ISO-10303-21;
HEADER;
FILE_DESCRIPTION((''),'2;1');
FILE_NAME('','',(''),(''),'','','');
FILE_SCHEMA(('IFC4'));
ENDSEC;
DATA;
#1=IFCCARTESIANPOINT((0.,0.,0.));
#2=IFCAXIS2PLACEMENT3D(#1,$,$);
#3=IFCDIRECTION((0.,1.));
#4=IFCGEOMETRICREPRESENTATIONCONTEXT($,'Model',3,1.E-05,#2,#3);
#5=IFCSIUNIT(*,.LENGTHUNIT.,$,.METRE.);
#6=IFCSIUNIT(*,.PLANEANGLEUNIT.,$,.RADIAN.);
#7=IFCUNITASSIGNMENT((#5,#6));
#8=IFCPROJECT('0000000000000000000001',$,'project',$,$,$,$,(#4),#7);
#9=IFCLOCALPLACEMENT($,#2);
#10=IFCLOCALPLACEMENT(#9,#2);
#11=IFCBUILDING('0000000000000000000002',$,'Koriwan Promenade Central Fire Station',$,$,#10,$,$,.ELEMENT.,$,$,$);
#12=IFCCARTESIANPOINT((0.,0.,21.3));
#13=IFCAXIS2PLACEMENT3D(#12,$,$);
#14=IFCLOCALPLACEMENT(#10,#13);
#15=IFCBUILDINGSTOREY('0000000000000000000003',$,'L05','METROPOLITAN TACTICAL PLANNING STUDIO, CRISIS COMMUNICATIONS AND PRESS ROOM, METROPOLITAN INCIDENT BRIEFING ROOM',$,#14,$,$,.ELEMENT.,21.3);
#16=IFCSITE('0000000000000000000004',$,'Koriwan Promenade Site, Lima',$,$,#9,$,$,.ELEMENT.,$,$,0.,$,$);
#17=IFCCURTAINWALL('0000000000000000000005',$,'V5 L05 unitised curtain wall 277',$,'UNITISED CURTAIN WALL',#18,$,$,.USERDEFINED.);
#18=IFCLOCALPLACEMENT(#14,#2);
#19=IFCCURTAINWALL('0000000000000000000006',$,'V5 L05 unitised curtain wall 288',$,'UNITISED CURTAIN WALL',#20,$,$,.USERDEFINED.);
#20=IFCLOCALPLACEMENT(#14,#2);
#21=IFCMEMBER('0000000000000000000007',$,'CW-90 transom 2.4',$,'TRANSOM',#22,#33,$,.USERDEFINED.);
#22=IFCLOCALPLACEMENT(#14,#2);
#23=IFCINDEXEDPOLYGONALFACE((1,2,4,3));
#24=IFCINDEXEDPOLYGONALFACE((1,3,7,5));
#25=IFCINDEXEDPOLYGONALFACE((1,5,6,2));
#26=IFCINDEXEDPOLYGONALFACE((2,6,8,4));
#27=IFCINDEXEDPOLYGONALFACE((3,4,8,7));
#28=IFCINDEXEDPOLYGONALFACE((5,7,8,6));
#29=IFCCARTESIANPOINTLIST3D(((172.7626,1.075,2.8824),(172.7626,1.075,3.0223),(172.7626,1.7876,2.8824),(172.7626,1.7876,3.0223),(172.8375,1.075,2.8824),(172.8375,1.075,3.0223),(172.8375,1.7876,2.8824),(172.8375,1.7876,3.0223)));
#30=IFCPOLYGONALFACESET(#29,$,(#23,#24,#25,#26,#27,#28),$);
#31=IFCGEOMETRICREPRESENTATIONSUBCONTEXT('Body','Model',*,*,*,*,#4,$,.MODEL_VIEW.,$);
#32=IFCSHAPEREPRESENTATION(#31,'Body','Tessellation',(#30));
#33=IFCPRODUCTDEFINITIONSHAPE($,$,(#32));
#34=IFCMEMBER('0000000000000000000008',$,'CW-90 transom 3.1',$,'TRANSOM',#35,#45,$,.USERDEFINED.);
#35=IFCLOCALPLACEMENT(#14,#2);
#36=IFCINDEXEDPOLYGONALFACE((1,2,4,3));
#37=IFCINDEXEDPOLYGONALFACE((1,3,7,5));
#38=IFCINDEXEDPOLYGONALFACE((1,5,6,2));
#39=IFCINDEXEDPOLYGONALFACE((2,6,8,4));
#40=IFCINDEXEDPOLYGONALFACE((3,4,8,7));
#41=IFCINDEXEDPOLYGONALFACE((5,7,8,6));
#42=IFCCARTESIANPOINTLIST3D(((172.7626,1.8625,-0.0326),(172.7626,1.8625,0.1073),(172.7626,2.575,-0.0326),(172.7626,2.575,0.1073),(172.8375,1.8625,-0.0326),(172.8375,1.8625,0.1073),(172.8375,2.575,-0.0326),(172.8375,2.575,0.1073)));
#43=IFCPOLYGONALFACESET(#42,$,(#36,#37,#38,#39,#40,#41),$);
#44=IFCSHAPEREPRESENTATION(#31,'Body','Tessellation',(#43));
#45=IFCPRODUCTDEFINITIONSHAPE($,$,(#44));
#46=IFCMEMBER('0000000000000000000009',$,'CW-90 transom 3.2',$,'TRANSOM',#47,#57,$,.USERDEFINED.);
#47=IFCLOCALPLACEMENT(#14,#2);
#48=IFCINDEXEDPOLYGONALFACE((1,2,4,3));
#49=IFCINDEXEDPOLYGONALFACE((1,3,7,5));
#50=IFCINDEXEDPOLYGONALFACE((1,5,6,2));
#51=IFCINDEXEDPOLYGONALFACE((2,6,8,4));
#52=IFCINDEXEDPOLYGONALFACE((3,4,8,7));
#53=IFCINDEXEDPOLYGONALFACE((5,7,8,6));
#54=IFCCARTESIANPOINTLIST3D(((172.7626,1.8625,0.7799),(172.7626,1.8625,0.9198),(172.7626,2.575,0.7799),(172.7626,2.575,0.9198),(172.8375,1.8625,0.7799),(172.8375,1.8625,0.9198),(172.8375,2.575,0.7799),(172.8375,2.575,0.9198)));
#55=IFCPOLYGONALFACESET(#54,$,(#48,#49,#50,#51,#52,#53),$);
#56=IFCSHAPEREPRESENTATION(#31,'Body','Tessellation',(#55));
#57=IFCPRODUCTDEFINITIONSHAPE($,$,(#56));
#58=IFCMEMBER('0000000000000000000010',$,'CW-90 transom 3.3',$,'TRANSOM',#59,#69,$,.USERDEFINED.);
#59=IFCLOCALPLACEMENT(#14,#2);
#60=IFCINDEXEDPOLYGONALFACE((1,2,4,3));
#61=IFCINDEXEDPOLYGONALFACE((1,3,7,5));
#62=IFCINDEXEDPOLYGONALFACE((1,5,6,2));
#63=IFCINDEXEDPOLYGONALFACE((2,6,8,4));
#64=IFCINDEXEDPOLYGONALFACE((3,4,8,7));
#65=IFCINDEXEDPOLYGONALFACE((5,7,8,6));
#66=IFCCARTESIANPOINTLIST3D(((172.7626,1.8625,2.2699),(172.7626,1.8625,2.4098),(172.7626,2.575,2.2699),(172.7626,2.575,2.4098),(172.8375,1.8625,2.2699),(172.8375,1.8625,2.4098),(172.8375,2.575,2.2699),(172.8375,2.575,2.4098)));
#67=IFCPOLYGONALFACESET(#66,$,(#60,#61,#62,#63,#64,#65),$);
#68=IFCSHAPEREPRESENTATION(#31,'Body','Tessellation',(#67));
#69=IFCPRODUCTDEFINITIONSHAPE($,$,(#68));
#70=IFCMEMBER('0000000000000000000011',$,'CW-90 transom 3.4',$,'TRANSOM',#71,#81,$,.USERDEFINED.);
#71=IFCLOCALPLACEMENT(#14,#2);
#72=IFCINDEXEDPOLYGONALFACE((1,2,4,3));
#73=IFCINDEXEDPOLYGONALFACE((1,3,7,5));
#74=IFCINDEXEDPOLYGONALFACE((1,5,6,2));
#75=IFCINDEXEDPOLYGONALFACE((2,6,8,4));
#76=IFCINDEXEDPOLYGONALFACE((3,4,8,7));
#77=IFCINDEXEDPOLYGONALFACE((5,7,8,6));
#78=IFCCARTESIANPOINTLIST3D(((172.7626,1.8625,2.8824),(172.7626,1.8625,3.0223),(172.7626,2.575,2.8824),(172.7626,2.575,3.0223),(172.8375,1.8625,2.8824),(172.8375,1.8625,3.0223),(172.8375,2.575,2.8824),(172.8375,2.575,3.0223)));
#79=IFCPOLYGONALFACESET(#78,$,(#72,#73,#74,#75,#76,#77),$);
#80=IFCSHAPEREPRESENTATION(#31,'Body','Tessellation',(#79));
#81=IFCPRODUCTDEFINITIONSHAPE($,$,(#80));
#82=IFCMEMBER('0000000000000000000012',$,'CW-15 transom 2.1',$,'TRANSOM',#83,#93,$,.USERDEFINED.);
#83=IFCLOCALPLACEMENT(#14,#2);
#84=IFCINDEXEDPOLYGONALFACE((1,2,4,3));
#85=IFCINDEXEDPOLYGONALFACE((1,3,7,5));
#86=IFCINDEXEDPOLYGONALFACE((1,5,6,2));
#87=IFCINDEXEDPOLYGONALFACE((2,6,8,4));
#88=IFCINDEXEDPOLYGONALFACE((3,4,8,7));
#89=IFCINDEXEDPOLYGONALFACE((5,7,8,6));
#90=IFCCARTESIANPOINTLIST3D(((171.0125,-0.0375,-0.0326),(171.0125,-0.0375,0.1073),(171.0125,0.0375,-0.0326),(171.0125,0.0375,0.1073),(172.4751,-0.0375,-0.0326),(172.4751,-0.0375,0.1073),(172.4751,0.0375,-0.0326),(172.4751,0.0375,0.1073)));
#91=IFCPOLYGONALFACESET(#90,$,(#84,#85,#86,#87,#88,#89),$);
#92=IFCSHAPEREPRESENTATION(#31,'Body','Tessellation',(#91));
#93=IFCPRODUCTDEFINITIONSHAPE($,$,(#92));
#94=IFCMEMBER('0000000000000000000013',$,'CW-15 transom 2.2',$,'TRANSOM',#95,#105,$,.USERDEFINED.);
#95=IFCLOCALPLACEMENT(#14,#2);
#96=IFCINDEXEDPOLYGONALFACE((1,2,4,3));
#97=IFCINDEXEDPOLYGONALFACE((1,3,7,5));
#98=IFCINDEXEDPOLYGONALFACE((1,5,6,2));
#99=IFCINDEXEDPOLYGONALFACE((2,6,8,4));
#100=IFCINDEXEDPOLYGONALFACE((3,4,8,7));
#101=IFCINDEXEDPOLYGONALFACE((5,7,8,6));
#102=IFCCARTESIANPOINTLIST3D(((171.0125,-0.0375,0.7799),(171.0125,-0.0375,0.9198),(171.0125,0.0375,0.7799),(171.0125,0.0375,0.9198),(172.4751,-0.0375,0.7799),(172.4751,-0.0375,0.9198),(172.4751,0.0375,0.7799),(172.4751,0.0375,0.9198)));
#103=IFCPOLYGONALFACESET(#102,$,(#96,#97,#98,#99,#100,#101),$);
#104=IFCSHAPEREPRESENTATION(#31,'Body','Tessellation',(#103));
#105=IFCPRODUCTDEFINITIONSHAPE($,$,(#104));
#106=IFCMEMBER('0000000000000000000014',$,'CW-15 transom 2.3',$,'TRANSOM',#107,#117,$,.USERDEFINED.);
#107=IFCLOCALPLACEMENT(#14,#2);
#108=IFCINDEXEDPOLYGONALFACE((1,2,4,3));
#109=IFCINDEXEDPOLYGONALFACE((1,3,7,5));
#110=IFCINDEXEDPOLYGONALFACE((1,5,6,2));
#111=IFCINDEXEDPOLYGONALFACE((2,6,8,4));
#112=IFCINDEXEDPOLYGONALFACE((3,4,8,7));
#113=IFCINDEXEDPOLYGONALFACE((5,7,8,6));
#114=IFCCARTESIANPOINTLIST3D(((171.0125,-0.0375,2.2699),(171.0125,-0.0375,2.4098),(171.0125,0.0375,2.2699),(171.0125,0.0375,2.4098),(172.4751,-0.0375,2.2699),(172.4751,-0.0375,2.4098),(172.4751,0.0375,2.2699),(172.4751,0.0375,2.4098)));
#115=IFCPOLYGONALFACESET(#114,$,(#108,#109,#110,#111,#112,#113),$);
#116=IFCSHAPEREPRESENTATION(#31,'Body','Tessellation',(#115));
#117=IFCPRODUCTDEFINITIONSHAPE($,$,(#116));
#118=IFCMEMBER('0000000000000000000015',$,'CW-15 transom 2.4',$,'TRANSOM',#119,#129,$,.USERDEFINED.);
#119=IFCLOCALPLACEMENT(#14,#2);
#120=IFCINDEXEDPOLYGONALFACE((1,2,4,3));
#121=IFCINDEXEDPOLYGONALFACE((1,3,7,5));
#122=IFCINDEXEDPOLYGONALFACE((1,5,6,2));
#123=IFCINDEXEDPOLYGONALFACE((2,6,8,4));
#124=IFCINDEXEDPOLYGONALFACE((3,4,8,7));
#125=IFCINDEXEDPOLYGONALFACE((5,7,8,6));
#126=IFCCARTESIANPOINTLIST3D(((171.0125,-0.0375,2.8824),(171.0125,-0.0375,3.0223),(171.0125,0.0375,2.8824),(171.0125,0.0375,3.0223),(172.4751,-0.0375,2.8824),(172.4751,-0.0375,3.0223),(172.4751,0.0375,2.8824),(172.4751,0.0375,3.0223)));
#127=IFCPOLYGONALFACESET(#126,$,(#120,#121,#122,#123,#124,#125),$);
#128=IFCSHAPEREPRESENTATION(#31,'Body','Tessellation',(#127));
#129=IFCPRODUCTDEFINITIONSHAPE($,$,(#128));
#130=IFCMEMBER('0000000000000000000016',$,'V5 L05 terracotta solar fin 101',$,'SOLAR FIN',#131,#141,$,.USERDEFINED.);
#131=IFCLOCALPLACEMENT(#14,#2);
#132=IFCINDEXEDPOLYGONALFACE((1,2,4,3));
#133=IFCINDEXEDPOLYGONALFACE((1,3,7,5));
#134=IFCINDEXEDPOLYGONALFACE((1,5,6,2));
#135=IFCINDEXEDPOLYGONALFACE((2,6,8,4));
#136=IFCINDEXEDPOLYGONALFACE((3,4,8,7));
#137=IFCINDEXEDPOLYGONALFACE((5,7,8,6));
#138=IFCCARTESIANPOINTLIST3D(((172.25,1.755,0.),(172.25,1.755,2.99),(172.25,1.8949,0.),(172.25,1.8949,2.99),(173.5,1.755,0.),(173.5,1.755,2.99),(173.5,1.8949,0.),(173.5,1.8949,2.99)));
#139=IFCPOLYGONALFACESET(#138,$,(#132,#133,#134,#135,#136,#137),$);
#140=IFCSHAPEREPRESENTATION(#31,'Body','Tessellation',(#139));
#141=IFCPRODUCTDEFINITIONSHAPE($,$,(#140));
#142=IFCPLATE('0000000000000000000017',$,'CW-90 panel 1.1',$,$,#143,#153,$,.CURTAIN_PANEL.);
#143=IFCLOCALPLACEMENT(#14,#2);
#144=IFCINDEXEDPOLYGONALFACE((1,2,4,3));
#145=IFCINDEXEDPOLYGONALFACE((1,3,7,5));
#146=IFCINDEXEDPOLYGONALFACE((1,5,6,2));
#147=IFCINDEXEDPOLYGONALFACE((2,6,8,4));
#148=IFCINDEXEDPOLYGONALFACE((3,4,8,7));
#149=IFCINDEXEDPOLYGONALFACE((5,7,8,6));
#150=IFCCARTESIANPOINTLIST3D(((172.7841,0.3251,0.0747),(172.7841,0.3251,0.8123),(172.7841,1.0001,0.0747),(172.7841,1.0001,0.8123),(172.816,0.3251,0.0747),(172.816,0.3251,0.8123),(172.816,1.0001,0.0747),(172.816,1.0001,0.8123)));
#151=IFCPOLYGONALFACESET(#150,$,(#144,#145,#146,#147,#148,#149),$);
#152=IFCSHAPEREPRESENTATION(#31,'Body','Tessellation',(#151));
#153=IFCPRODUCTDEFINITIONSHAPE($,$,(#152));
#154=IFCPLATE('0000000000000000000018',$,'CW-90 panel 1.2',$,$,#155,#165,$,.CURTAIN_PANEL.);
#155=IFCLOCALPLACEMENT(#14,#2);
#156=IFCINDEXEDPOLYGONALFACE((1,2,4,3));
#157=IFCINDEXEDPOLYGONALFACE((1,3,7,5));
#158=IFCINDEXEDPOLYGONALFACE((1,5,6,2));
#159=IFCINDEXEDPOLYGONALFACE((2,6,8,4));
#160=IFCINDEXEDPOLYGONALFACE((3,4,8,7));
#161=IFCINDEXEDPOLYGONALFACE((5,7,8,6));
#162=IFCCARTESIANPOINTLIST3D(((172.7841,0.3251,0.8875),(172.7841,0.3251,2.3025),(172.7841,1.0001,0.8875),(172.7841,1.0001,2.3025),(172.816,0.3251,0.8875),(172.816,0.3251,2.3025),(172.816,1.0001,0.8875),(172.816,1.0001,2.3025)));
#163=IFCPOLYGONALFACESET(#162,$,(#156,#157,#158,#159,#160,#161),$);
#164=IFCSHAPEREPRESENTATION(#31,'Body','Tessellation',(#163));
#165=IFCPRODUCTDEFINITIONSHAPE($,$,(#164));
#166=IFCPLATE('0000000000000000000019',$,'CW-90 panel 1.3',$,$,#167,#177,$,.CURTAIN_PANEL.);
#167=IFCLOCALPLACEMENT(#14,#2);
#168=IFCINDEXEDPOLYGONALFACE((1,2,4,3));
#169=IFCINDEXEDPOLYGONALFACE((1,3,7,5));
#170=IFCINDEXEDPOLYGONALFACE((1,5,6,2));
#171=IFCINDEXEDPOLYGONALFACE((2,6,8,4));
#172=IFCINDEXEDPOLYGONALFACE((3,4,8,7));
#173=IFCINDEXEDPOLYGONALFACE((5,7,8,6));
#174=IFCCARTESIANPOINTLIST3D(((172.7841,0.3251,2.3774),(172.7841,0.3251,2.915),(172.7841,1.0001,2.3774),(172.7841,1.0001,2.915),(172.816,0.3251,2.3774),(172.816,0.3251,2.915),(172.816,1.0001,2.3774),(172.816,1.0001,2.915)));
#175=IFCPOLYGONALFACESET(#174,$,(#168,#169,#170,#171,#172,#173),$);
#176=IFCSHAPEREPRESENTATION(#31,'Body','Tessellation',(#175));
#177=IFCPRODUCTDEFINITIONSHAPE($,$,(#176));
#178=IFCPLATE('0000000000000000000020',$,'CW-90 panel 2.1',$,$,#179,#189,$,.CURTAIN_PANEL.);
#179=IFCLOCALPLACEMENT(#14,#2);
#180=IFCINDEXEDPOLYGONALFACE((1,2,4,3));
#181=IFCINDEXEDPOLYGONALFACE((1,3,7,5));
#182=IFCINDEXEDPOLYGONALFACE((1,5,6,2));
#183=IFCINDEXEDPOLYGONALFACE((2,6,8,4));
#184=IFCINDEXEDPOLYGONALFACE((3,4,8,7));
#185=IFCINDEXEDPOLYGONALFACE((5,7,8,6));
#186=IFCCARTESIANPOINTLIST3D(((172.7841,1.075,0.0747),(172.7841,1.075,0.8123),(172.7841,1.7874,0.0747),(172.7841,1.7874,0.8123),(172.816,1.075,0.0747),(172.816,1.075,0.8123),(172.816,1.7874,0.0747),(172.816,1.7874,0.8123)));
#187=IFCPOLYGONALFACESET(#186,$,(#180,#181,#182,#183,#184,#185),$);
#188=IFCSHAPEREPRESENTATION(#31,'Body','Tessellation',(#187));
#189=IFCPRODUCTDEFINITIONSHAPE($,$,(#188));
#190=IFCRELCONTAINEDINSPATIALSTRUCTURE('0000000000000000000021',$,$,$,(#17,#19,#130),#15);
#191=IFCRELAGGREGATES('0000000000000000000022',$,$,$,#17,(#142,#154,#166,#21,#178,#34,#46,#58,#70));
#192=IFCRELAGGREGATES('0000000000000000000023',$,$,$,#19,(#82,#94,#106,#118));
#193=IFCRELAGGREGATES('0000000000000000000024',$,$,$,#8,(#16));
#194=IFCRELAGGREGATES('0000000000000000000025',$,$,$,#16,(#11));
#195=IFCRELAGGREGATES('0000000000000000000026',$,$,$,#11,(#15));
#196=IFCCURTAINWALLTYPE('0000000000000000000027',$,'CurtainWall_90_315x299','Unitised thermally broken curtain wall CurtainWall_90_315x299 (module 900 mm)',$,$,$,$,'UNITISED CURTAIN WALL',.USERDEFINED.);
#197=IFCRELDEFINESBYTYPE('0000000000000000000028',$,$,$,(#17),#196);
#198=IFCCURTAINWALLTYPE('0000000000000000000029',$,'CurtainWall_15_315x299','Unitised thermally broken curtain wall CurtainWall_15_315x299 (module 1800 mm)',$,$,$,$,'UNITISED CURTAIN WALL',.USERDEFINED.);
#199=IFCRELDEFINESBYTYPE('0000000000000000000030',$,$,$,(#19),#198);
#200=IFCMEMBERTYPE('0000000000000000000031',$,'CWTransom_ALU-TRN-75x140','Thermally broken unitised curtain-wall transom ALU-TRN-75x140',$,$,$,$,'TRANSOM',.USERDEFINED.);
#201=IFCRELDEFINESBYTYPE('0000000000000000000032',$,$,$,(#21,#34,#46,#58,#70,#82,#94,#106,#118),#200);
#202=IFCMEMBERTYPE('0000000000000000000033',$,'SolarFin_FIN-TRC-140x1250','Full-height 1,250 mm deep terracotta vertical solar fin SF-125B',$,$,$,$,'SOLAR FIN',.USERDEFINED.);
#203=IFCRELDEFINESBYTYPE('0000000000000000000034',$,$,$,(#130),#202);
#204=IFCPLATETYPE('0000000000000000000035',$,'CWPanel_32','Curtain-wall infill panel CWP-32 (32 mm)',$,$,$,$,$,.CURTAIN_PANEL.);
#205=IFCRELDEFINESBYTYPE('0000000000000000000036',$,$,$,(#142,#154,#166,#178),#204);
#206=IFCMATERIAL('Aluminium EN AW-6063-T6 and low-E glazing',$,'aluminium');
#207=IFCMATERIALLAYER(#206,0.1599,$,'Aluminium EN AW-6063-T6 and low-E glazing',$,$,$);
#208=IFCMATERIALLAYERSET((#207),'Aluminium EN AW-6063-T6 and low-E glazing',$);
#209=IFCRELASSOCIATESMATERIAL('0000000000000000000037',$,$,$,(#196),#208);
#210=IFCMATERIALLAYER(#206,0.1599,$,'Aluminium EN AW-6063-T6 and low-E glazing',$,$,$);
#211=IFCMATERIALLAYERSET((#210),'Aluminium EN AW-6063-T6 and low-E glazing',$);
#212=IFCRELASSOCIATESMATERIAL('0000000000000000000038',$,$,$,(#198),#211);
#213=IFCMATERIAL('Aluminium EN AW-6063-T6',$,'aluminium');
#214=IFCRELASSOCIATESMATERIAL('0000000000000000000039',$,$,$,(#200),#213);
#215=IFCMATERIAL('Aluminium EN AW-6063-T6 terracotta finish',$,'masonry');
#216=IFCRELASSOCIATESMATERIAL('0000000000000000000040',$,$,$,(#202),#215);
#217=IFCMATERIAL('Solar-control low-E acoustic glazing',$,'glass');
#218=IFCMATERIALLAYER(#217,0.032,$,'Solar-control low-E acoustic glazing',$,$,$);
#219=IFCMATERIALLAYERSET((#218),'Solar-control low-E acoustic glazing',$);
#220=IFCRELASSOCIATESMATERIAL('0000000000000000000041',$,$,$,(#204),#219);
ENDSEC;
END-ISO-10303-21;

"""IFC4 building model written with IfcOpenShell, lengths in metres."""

from ifc_helpers import new_model, si_unit, direction, frame, origin, origin_2d, place, context, subcontext, project, spatial, rectangle, extrude, material, layer, layer_set, material_profile, profile_set, type_object, element, aggregate, save


model = new_model("IFC4")

# Units and contexts
model_context = context("Model", 3, precision=1e-05, world=origin(), true_north=direction((0.0, 1.0)))
body_context = subcontext(model_context, "Body", "Model", "MODEL_VIEW")
ifc_project = project(units=[si_unit("LENGTHUNIT", "METRE"), si_unit("PLANEANGLEUNIT", "RADIAN")], contexts=[model_context])

# Site, building, storey
site_placement = place(None, origin())
site = spatial("IfcSite", under=ifc_project, at=site_placement, Name="Koriwan Promenade Site, Lima", CompositionType="ELEMENT", RefElevation=0.0)
building_placement = place(site_placement, origin())
building = spatial("IfcBuilding", under=site, at=building_placement, Name="Koriwan Promenade Central Fire Station", CompositionType="ELEMENT")
storey_placement = place(building_placement, frame((0.0, 0.0, 21.3)))
storey = spatial("IfcBuildingStorey", under=building, at=storey_placement, Name="L05", Description="METROPOLITAN TACTICAL PLANNING STUDIO, CRISIS COMMUNICATIONS AND PRESS ROOM, METROPOLITAN INCIDENT BRIEFING ROOM", CompositionType="ELEMENT", Elevation=21.3)

# Curtain walls
ifc_material_1 = material(Name="Aluminium EN AW-6063-T6 and low-E glazing", Category="aluminium")
ifc_layer_1 = layer(ifc_material_1, 0.1599, Name="Aluminium EN AW-6063-T6 and low-E glazing")
ifc_layer_set_1 = layer_set([ifc_layer_1], Name="Aluminium EN AW-6063-T6 and low-E glazing")
curtain_wall_type_1 = type_object("IfcCurtainWallType", Name="CurtainWall_90_315x299", Description="Unitised thermally broken curtain wall CurtainWall_90_315x299 (module 900 mm)", ElementType="UNITISED CURTAIN WALL", PredefinedType="USERDEFINED", material=ifc_layer_set_1)
curtain_wall_1_placement = place(storey_placement, origin())
curtain_wall_1 = element("IfcCurtainWall", 1, at=curtain_wall_1_placement, inside=storey, type_object=curtain_wall_type_1, Name="V5 L05 unitised curtain wall 277", ObjectType="UNITISED CURTAIN WALL", PredefinedType="USERDEFINED")
ifc_material_2 = material(Name="Aluminium EN AW-6063-T6", Category="aluminium")
ifc_layer_2 = layer(ifc_material_1, 0.1599, Name="Aluminium EN AW-6063-T6 and low-E glazing")
ifc_layer_set_2 = layer_set([ifc_layer_2], Name="Aluminium EN AW-6063-T6 and low-E glazing")
curtain_wall_type_2 = type_object("IfcCurtainWallType", Name="CurtainWall_15_315x299", Description="Unitised thermally broken curtain wall CurtainWall_15_315x299 (module 1800 mm)", ElementType="UNITISED CURTAIN WALL", PredefinedType="USERDEFINED", material=ifc_layer_set_2)
curtain_wall_2_placement = place(storey_placement, origin())
curtain_wall_2 = element("IfcCurtainWall", 2, at=curtain_wall_2_placement, inside=storey, type_object=curtain_wall_type_2, Name="V5 L05 unitised curtain wall 288", ObjectType="UNITISED CURTAIN WALL", PredefinedType="USERDEFINED")

# Members
ifc_material_profile_1 = material_profile(ifc_material_2, rectangle(XDim=0.075, YDim=0.1399, at=origin_2d()), Name="ALU-TRN-75x140")
ifc_profile_set_1 = profile_set([ifc_material_profile_1], Name="Aluminium EN AW-6063-T6")
member_type_1 = type_object("IfcMemberType", Name="CWTransom_ALU-TRN-75x140", Description="Thermally broken unitised curtain-wall transom ALU-TRN-75x140", ElementType="TRANSOM", PredefinedType="USERDEFINED", material=ifc_profile_set_1)
member_1_placement = place(storey_placement, frame((172.8, 1.075, 2.9524), z_axis=(0.0, 1.0, 0.0), x_axis=(-1.0, 0.0, 0.0)))
member_1 = element("IfcMember", 3, at=member_1_placement, type_object=member_type_1, Name="CW-90 transom 2.4", ObjectType="TRANSOM", PredefinedType="USERDEFINED", context=body_context, shape_type="SweptSolid", body=[
    extrude(rectangle(XDim=0.075, YDim=0.1399, at=origin_2d()), origin(), (0.0, 0.0, 1.0), 0.7126),
])
member_2_placement = place(storey_placement, frame((172.8, 1.8625, 0.0374), z_axis=(0.0, 1.0, 0.0), x_axis=(-1.0, 0.0, 0.0)))
member_2 = element("IfcMember", 4, at=member_2_placement, type_object=member_type_1, Name="CW-90 transom 3.1", ObjectType="TRANSOM", PredefinedType="USERDEFINED", context=body_context, shape_type="SweptSolid", body=[
    extrude(rectangle(XDim=0.075, YDim=0.1399, at=origin_2d()), origin(), (0.0, 0.0, 1.0), 0.7124),
])
member_3_placement = place(storey_placement, frame((172.8, 1.8625, 0.8499), z_axis=(0.0, 1.0, 0.0), x_axis=(-1.0, 0.0, 0.0)))
member_3 = element("IfcMember", 5, at=member_3_placement, type_object=member_type_1, Name="CW-90 transom 3.2", ObjectType="TRANSOM", PredefinedType="USERDEFINED", context=body_context, shape_type="SweptSolid", body=[
    extrude(rectangle(XDim=0.075, YDim=0.1399, at=origin_2d()), origin(), (0.0, 0.0, 1.0), 0.7124),
])
member_4_placement = place(storey_placement, frame((172.8, 1.8625, 2.3398), z_axis=(0.0, 1.0, 0.0), x_axis=(-1.0, 0.0, 0.0)))
member_4 = element("IfcMember", 6, at=member_4_placement, type_object=member_type_1, Name="CW-90 transom 3.3", ObjectType="TRANSOM", PredefinedType="USERDEFINED", context=body_context, shape_type="SweptSolid", body=[
    extrude(rectangle(XDim=0.075, YDim=0.1399, at=origin_2d()), origin(), (0.0, 0.0, 1.0), 0.7124),
])
member_5_placement = place(storey_placement, frame((172.8, 1.8625, 2.9524), z_axis=(0.0, 1.0, 0.0), x_axis=(-1.0, 0.0, 0.0)))
member_5 = element("IfcMember", 7, at=member_5_placement, type_object=member_type_1, Name="CW-90 transom 3.4", ObjectType="TRANSOM", PredefinedType="USERDEFINED", context=body_context, shape_type="SweptSolid", body=[
    extrude(rectangle(XDim=0.075, YDim=0.1399, at=origin_2d()), origin(), (0.0, 0.0, 1.0), 0.7124),
])
member_6_placement = place(storey_placement, frame((171.0125, 0.0, 0.0374), z_axis=(1.0, 0.0, 0.0), x_axis=(0.0, 1.0, 0.0)))
member_6 = element("IfcMember", 8, at=member_6_placement, type_object=member_type_1, Name="CW-15 transom 2.1", ObjectType="TRANSOM", PredefinedType="USERDEFINED", context=body_context, shape_type="SweptSolid", body=[
    extrude(rectangle(XDim=0.075, YDim=0.1399, at=origin_2d()), origin(), (0.0, 0.0, 1.0), 1.4626),
])
member_7_placement = place(storey_placement, frame((171.0125, 0.0, 0.8499), z_axis=(1.0, 0.0, 0.0), x_axis=(0.0, 1.0, 0.0)))
member_7 = element("IfcMember", 9, at=member_7_placement, type_object=member_type_1, Name="CW-15 transom 2.2", ObjectType="TRANSOM", PredefinedType="USERDEFINED", context=body_context, shape_type="SweptSolid", body=[
    extrude(rectangle(XDim=0.075, YDim=0.1399, at=origin_2d()), origin(), (0.0, 0.0, 1.0), 1.4626),
])
member_8_placement = place(storey_placement, frame((171.0125, 0.0, 2.3398), z_axis=(1.0, 0.0, 0.0), x_axis=(0.0, 1.0, 0.0)))
member_8 = element("IfcMember", 10, at=member_8_placement, type_object=member_type_1, Name="CW-15 transom 2.3", ObjectType="TRANSOM", PredefinedType="USERDEFINED", context=body_context, shape_type="SweptSolid", body=[
    extrude(rectangle(XDim=0.075, YDim=0.1399, at=origin_2d()), origin(), (0.0, 0.0, 1.0), 1.4626),
])
member_9_placement = place(storey_placement, frame((171.0125, 0.0, 2.9524), z_axis=(1.0, 0.0, 0.0), x_axis=(0.0, 1.0, 0.0)))
member_9 = element("IfcMember", 11, at=member_9_placement, type_object=member_type_1, Name="CW-15 transom 2.4", ObjectType="TRANSOM", PredefinedType="USERDEFINED", context=body_context, shape_type="SweptSolid", body=[
    extrude(rectangle(XDim=0.075, YDim=0.1399, at=origin_2d()), origin(), (0.0, 0.0, 1.0), 1.4626),
])
ifc_material_3 = material(Name="Aluminium EN AW-6063-T6 terracotta finish", Category="masonry")
ifc_material_profile_2 = material_profile(ifc_material_3, rectangle(XDim=0.1399, YDim=1.25, at=origin_2d()), Name="FIN-TRC-140x1250")
ifc_profile_set_2 = profile_set([ifc_material_profile_2], Name="Aluminium EN AW-6063-T6 terracotta finish")
member_type_2 = type_object("IfcMemberType", Name="SolarFin_FIN-TRC-140x1250", Description="Full-height 1,250 mm deep terracotta vertical solar fin SF-125B", ElementType="SOLAR FIN", PredefinedType="USERDEFINED", material=ifc_profile_set_2)
member_10_placement = place(storey_placement, frame((172.875, 1.825, 0.0), z_axis=(0.0, 0.0, 1.0), x_axis=(0.0, -1.0, 0.0)))
element("IfcMember", 12, at=member_10_placement, inside=storey, type_object=member_type_2, Name="V5 L05 terracotta solar fin 101", ObjectType="SOLAR FIN", PredefinedType="USERDEFINED", context=body_context, shape_type="SweptSolid", body=[
    extrude(rectangle(XDim=0.1399, YDim=1.25, at=origin_2d()), origin(), (0.0, 0.0, 1.0), 2.99),
])

# Plates
ifc_material_4 = material(Name="Solar-control low-E acoustic glazing", Category="glass")
ifc_layer_3 = layer(ifc_material_4, 0.032, Name="Solar-control low-E acoustic glazing")
ifc_layer_set_3 = layer_set([ifc_layer_3], Name="Solar-control low-E acoustic glazing")
plate_type = type_object("IfcPlateType", Name="CWPanel_32", Description="Curtain-wall infill panel CWP-32 (32 mm)", PredefinedType="CURTAIN_PANEL", material=ifc_layer_set_3)
plate_1_placement = place(storey_placement, frame((172.8, 0.6626, 0.0747), z_axis=(0.0, 0.0, 1.0), x_axis=(0.0, 1.0, 0.0)))
plate_1 = element("IfcPlate", 13, at=plate_1_placement, type_object=plate_type, Name="CW-90 panel 1.1", PredefinedType="CURTAIN_PANEL", context=body_context, shape_type="SweptSolid", body=[
    extrude(rectangle(XDim=0.675, YDim=0.032, at=origin_2d()), origin(), (0.0, 0.0, 1.0), 0.7375),
])
plate_2_placement = place(storey_placement, frame((172.8, 0.6626, 0.8875), z_axis=(0.0, 0.0, 1.0), x_axis=(0.0, 1.0, 0.0)))
plate_2 = element("IfcPlate", 14, at=plate_2_placement, type_object=plate_type, Name="CW-90 panel 1.2", PredefinedType="CURTAIN_PANEL", context=body_context, shape_type="SweptSolid", body=[
    extrude(rectangle(XDim=0.675, YDim=0.032, at=origin_2d()), origin(), (0.0, 0.0, 1.0), 1.415),
])
plate_3_placement = place(storey_placement, frame((172.8, 0.6626, 2.3774), z_axis=(0.0, 0.0, 1.0), x_axis=(0.0, 1.0, 0.0)))
plate_3 = element("IfcPlate", 15, at=plate_3_placement, type_object=plate_type, Name="CW-90 panel 1.3", PredefinedType="CURTAIN_PANEL", context=body_context, shape_type="SweptSolid", body=[
    extrude(rectangle(XDim=0.675, YDim=0.032, at=origin_2d()), origin(), (0.0, 0.0, 1.0), 0.5376),
])
plate_4_placement = place(storey_placement, frame((172.8, 1.4312, 0.0747), z_axis=(0.0, 0.0, 1.0), x_axis=(0.0, 1.0, 0.0)))
plate_4 = element("IfcPlate", 16, at=plate_4_placement, type_object=plate_type, Name="CW-90 panel 2.1", PredefinedType="CURTAIN_PANEL", context=body_context, shape_type="SweptSolid", body=[
    extrude(rectangle(XDim=0.7124, YDim=0.032, at=origin_2d()), origin(), (0.0, 0.0, 1.0), 0.7375),
])
aggregate(curtain_wall_1, [plate_1, plate_2, plate_3, member_1, plate_4, member_2, member_3, member_4, member_5])
aggregate(curtain_wall_2, [member_6, member_7, member_8, member_9])

save(model, "model.ifc")
